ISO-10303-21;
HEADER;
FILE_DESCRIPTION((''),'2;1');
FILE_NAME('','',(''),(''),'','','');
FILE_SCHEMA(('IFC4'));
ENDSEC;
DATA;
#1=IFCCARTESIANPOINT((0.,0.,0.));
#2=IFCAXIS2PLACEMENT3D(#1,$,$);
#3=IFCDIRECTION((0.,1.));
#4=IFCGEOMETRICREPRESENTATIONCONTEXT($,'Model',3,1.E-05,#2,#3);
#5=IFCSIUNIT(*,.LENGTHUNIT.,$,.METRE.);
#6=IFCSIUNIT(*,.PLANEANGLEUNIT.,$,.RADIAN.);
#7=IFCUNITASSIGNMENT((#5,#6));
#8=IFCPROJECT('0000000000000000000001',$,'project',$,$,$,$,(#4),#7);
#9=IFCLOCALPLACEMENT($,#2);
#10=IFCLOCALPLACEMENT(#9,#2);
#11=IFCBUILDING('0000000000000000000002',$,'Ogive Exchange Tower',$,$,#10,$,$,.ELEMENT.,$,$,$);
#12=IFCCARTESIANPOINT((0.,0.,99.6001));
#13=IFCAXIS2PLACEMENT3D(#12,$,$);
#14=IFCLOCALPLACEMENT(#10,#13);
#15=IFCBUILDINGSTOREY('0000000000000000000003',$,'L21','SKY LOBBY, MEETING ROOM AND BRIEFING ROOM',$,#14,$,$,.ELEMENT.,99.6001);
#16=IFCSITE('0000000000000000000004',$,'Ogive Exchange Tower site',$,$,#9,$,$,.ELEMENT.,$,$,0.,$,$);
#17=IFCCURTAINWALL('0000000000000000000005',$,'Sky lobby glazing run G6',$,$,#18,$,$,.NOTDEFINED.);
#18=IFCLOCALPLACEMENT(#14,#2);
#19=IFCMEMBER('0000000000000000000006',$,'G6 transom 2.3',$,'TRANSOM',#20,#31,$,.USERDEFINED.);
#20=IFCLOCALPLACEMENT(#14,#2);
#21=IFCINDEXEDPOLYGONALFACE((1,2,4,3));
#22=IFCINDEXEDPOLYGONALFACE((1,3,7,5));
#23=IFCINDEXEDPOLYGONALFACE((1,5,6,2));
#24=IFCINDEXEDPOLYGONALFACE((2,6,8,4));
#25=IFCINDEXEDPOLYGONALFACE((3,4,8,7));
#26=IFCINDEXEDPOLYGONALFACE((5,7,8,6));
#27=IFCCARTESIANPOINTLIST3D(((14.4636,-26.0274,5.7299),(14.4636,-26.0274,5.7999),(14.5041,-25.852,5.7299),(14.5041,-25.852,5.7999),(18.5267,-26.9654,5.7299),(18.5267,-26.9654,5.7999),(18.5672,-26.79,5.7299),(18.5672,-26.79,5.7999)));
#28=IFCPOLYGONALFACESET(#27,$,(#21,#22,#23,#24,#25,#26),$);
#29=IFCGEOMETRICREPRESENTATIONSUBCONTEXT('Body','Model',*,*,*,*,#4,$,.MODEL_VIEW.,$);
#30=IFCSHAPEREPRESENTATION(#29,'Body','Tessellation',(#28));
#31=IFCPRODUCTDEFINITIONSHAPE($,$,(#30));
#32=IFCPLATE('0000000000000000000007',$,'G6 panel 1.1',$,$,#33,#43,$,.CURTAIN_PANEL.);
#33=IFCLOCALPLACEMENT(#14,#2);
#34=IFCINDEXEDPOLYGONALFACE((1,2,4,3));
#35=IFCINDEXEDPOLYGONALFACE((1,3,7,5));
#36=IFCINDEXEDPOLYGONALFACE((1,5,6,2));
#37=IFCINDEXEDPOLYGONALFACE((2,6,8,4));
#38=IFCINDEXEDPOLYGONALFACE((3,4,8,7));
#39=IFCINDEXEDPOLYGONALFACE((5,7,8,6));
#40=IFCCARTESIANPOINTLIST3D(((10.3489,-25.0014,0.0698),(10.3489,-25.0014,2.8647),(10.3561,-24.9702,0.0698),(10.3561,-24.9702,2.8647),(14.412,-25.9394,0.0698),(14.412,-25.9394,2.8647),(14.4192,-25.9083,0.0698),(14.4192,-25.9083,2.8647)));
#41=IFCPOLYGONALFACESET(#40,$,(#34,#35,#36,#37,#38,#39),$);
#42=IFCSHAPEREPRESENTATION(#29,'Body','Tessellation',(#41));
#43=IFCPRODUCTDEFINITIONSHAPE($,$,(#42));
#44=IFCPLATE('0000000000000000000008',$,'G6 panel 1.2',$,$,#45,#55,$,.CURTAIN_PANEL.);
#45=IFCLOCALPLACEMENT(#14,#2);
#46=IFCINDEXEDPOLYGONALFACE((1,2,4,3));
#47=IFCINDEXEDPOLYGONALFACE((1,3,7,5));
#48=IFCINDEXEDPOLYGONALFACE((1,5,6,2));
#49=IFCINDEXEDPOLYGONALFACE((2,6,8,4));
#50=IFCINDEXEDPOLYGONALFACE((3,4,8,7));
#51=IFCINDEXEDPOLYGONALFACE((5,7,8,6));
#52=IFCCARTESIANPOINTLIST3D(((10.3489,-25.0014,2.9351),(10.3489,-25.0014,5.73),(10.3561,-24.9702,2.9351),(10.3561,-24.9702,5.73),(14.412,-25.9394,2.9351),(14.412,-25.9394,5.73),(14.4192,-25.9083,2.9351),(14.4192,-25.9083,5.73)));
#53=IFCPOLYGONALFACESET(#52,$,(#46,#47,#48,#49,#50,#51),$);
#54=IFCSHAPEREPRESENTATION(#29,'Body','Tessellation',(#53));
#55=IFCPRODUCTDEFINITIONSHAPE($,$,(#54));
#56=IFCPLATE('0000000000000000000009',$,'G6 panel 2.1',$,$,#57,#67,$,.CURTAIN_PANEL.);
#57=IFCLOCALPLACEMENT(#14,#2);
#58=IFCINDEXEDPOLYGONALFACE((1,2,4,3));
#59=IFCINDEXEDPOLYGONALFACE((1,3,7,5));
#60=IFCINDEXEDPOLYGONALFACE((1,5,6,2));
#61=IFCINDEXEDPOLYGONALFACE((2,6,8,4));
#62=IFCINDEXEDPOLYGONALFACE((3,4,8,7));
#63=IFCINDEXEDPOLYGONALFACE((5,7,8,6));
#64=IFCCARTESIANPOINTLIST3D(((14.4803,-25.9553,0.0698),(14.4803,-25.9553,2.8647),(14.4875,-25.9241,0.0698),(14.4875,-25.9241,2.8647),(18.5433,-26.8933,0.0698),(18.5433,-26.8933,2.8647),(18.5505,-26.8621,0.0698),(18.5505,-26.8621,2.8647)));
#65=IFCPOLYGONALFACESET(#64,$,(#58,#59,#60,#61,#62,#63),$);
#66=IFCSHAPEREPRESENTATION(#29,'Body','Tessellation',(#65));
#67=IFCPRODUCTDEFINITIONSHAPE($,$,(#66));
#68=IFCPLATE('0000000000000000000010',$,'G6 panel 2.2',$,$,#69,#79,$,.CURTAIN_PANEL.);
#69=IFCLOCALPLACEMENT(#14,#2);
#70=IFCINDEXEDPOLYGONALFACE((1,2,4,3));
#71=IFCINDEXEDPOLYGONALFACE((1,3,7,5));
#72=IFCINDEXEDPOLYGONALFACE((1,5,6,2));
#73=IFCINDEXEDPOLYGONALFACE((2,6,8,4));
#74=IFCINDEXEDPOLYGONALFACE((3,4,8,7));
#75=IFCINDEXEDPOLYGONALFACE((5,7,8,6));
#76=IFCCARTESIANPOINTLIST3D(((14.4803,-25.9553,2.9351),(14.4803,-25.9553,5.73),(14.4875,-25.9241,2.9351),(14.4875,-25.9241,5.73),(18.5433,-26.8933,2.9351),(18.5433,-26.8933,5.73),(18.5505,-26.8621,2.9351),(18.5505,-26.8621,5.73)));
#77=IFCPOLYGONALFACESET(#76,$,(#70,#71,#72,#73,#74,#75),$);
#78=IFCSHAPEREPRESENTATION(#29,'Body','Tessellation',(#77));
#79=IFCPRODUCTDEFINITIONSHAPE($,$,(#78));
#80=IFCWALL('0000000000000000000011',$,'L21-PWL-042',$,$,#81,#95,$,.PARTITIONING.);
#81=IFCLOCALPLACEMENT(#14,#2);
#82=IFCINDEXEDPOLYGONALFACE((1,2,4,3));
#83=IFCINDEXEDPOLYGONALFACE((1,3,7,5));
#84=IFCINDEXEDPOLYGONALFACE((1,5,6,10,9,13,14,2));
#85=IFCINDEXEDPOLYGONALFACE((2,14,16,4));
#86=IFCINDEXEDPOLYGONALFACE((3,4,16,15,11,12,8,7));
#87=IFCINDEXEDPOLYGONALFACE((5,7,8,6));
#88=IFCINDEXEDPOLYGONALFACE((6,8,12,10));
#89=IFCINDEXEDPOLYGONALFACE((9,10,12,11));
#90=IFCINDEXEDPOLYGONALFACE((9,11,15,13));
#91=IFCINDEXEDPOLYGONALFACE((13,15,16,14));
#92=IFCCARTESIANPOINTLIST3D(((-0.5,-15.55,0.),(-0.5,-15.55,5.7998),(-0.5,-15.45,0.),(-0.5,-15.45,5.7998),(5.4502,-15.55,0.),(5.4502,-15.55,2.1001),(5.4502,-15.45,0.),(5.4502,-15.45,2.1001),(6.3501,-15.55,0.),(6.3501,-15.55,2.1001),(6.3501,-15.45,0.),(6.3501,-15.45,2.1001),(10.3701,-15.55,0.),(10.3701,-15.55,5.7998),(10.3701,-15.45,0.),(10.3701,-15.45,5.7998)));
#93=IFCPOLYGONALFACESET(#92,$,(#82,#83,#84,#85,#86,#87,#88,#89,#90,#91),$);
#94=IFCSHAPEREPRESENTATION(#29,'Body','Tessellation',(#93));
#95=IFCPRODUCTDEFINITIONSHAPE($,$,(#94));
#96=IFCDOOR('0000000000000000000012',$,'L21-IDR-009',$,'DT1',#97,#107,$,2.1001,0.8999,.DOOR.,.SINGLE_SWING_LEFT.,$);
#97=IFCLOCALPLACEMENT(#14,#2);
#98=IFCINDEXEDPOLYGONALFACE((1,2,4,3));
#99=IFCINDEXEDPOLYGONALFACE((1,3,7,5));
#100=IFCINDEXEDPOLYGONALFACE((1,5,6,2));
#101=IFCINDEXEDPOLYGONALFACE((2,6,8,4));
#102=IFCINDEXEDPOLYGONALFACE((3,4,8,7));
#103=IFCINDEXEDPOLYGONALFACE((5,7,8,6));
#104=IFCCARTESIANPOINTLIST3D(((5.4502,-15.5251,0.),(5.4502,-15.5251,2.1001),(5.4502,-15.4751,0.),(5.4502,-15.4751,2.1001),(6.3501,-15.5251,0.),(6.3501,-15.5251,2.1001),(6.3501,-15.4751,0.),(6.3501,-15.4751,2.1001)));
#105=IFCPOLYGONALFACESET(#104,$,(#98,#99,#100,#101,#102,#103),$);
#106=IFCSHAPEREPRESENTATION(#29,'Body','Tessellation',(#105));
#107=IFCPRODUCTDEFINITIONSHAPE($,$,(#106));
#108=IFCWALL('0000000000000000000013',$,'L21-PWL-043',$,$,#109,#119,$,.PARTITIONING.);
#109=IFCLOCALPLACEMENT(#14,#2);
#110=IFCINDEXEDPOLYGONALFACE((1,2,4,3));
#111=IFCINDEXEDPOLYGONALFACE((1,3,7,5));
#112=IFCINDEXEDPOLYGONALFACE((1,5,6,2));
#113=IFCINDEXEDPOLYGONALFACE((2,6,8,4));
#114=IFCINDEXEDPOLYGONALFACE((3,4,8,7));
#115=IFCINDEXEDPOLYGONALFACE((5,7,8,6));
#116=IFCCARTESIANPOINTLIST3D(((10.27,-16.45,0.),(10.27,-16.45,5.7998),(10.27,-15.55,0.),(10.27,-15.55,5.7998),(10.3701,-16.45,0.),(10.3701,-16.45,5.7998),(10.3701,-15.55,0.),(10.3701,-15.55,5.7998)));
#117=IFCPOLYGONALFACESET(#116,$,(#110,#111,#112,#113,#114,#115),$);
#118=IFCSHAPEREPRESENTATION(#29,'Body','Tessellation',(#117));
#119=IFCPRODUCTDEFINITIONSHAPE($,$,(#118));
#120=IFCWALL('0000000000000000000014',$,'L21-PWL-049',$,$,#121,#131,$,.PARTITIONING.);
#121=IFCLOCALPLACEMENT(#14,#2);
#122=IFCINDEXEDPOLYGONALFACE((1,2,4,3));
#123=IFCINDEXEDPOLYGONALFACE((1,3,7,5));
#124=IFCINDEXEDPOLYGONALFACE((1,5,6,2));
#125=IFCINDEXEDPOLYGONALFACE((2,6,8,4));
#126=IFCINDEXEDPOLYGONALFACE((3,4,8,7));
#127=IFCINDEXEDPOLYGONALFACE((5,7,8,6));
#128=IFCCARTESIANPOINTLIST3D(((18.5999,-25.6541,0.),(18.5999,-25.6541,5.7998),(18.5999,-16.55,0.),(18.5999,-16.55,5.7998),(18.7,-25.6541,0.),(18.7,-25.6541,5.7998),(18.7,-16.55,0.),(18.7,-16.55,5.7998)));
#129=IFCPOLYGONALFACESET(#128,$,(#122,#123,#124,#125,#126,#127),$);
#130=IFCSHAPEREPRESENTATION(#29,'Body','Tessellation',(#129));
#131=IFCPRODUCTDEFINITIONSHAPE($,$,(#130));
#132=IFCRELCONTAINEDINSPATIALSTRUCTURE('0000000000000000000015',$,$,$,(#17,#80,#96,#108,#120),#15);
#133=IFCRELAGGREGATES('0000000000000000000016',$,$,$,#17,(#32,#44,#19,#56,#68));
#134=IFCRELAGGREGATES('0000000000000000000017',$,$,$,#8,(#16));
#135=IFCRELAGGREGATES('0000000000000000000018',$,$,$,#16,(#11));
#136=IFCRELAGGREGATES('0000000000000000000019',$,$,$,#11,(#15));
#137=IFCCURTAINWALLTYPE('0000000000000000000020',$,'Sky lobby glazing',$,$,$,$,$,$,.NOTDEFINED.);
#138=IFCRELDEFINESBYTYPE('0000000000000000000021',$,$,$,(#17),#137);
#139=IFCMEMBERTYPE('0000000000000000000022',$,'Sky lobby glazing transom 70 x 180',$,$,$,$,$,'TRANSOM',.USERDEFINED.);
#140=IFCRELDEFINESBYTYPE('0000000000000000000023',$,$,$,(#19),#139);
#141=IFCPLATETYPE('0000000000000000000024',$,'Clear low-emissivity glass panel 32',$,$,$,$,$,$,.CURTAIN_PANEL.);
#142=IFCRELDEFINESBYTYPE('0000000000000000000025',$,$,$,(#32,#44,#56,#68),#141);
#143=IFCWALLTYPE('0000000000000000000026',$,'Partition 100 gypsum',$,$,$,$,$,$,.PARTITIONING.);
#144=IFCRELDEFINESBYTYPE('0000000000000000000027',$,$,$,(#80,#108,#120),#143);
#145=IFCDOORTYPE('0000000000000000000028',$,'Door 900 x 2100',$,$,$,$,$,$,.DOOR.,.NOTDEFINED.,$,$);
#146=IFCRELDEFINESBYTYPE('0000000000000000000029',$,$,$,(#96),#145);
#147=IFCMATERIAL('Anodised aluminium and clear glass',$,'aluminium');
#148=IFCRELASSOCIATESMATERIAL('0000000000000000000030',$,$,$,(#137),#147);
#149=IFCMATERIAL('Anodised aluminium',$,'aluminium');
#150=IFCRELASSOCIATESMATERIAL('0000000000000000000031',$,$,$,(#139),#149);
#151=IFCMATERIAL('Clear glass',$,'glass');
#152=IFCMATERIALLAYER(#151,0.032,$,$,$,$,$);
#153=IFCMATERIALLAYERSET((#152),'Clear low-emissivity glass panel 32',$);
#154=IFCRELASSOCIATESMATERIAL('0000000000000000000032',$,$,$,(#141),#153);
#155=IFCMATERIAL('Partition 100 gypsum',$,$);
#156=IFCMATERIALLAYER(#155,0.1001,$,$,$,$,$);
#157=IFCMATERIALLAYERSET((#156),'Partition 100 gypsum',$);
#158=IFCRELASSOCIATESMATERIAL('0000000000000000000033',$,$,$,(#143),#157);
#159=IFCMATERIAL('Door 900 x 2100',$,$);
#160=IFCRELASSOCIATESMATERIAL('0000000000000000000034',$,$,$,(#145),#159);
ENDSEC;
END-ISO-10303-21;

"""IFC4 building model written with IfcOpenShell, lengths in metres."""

from ifc_helpers import new_model, si_unit, direction, frame, frame_2d, origin, origin_2d, place, context, subcontext, project, spatial, rectangle, extrude, material, layer, layer_set, material_profile, profile_set, type_object, element, fill, aggregate, save


model = new_model("IFC4")

# Units and contexts
model_context = context("Model", 3, precision=1e-05, world=origin(), true_north=direction((0.0, 1.0)))
body_context = subcontext(model_context, "Body", "Model", "MODEL_VIEW")
ifc_project = project(units=[si_unit("LENGTHUNIT", "METRE"), si_unit("PLANEANGLEUNIT", "RADIAN")], contexts=[model_context])

# Site, building, storey
site_placement = place(None, origin())
site = spatial("IfcSite", under=ifc_project, at=site_placement, Name="Ogive Exchange Tower site", CompositionType="ELEMENT", RefElevation=0.0)
building_placement = place(site_placement, origin())
building = spatial("IfcBuilding", under=site, at=building_placement, Name="Ogive Exchange Tower", CompositionType="ELEMENT")
storey_placement = place(building_placement, frame((0.0, 0.0, 99.6001)))
storey = spatial("IfcBuildingStorey", under=building, at=storey_placement, Name="L21", Description="SKY LOBBY, MEETING ROOM AND BRIEFING ROOM", CompositionType="ELEMENT", Elevation=99.6001)

# Curtain wall, member, plates
ifc_material_1 = material(Name="Anodised aluminium and clear glass", Category="aluminium")
curtain_wall_type = type_object("IfcCurtainWallType", Name="Sky lobby glazing", PredefinedType="NOTDEFINED", material=ifc_material_1)
curtain_wall_placement = place(storey_placement, origin())
curtain_wall = element("IfcCurtainWall", 1, at=curtain_wall_placement, inside=storey, type_object=curtain_wall_type, Name="Sky lobby glazing run G6", PredefinedType="NOTDEFINED")
ifc_material_2 = material(Name="Anodised aluminium", Category="aluminium")
ifc_material_profile_1 = material_profile(ifc_material_2, rectangle(XDim=0.1799, YDim=0.0701, at=origin_2d()), Name="AL 70x180")
ifc_profile_set_1 = profile_set([ifc_material_profile_1], Name="Anodised aluminium")
member_type_1 = type_object("IfcMemberType", Name="Sky lobby glazing transom 70 x 180", ElementType="TRANSOM", PredefinedType="USERDEFINED", material=ifc_profile_set_1)
member_1_placement = place(storey_placement, frame((14.4839, -25.9397, 5.7649), z_axis=(0.974371, -0.224945, 0.0), x_axis=(0.224945, 0.974371, 0.0)))
member_1 = element("IfcMember", 2, at=member_1_placement, type_object=member_type_1, Name="G6 transom 2.3", ObjectType="TRANSOM", PredefinedType="USERDEFINED", context=body_context, shape_type="SweptSolid", body=[
    extrude(rectangle(XDim=0.1799, YDim=0.0701, at=origin_2d()), origin(), (0.0, 0.0, 1.0), 4.1699),
])
ifc_material_3 = material(Name="Clear glass", Category="glass")
ifc_layer_1 = layer(ifc_material_3, 0.032)
ifc_layer_set_1 = layer_set([ifc_layer_1], Name="Clear low-emissivity glass panel 32")
plate_type = type_object("IfcPlateType", Name="Clear low-emissivity glass panel 32", PredefinedType="CURTAIN_PANEL", material=ifc_layer_set_1)
plate_1_placement = place(storey_placement, frame((12.384, -25.4548, 0.0698), z_axis=(0.0, 0.0, 1.0), x_axis=(0.97437, -0.224949, 0.0)))
plate_1 = element("IfcPlate", 3, at=plate_1_placement, type_object=plate_type, Name="G6 panel 1.1", PredefinedType="CURTAIN_PANEL", context=body_context, shape_type="SweptSolid", body=[
    extrude(rectangle(XDim=4.1699, YDim=0.032, at=origin_2d()), origin(), (0.0, 0.0, 1.0), 2.7949),
])
plate_2_placement = place(storey_placement, frame((12.384, -25.4548, 2.9351), z_axis=(0.0, 0.0, 1.0), x_axis=(0.97437, -0.224949, 0.0)))
plate_2 = element("IfcPlate", 4, at=plate_2_placement, type_object=plate_type, Name="G6 panel 1.2", PredefinedType="CURTAIN_PANEL", context=body_context, shape_type="SweptSolid", body=[
    extrude(rectangle(XDim=4.1699, YDim=0.032, at=origin_2d()), origin(), (0.0, 0.0, 1.0), 2.7949),
])
plate_3_placement = place(storey_placement, frame((16.5154, -26.4087, 0.0698), z_axis=(0.0, 0.0, 1.0), x_axis=(0.97437, -0.224949, 0.0)))
plate_3 = element("IfcPlate", 5, at=plate_3_placement, type_object=plate_type, Name="G6 panel 2.1", PredefinedType="CURTAIN_PANEL", context=body_context, shape_type="SweptSolid", body=[
    extrude(rectangle(XDim=4.1699, YDim=0.032, at=origin_2d()), origin(), (0.0, 0.0, 1.0), 2.7949),
])
plate_4_placement = place(storey_placement, frame((16.5154, -26.4087, 2.9351), z_axis=(0.0, 0.0, 1.0), x_axis=(0.97437, -0.224949, 0.0)))
plate_4 = element("IfcPlate", 6, at=plate_4_placement, type_object=plate_type, Name="G6 panel 2.2", PredefinedType="CURTAIN_PANEL", context=body_context, shape_type="SweptSolid", body=[
    extrude(rectangle(XDim=4.1699, YDim=0.032, at=origin_2d()), origin(), (0.0, 0.0, 1.0), 2.7949),
])
aggregate(curtain_wall, [plate_1, plate_2, member_1, plate_3, plate_4])

# Wall, opening, door
ifc_material_4 = material(Name="Partition 100 gypsum")
ifc_layer_2 = layer(ifc_material_4, 0.1001)
ifc_layer_set_2 = layer_set([ifc_layer_2], Name="Partition 100 gypsum")
wall_type = type_object("IfcWallType", Name="Partition 100 gypsum", PredefinedType="PARTITIONING", material=ifc_layer_set_2)
wall_1_placement = place(storey_placement, frame((10.3701, -15.5, 0.0), z_axis=(0.0, 0.0, 1.0), x_axis=(-1.0, 0.0, 0.0)))
wall_1 = element("IfcWall", 7, at=wall_1_placement, inside=storey, type_object=wall_type, Name="L21-PWL-042", PredefinedType="PARTITIONING", context=body_context, shape_type="SweptSolid", body=[
    extrude(rectangle(XDim=10.8701, YDim=0.1001, at=frame_2d((5.4351, 0.0))), origin(), (0.0, 0.0, 1.0), 5.7998),
])
opening_placement = place(wall_1_placement, frame((4.02, 0.0, 0.0)))
opening = element("IfcOpeningElement", 8, at=opening_placement, cuts=wall_1, PredefinedType="OPENING", context=body_context, shape_type="SweptSolid", body=[
    extrude(rectangle(XDim=0.8999, YDim=2.1001, at=frame_2d((0.45, 1.05))), frame((0.0, 0.0601, 0.0), z_axis=(0.0, -1.0, 0.0), x_axis=(1.0, 0.0, 0.0)), (0.0, 0.0, 1.0), 0.1201),
])
ifc_material_5 = material(Name="Door 900 x 2100")
door_type = type_object("IfcDoorType", Name="Door 900 x 2100", OperationType="NOTDEFINED", PredefinedType="DOOR", material=ifc_material_5)
door_placement = place(opening_placement, frame((0.8999, 0.0, 0.0), z_axis=(0.0, 0.0, 1.0), x_axis=(-1.0, 0.0, 0.0)))
door = element("IfcDoor", 9, at=door_placement, inside=storey, type_object=door_type, Name="L21-IDR-009", ObjectType="DT1", OperationType="SINGLE_SWING_LEFT", OverallHeight=2.1001, OverallWidth=0.8999, PredefinedType="DOOR", context=body_context, shape_type="SweptSolid", body=[
    extrude(rectangle(XDim=0.8999, YDim=2.1001, at=frame_2d((0.45, 1.05))), frame((0.0, 0.0249, 0.0), z_axis=(0.0, -1.0, 0.0), x_axis=(1.0, 0.0, 0.0)), (0.0, 0.0, 1.0), 0.05),
])
fill(opening, door)

# Walls
wall_2_placement = place(storey_placement, frame((10.3201, -15.55, 0.0), z_axis=(0.0, 0.0, 1.0), x_axis=(0.0, -1.0, 0.0)))
element("IfcWall", 10, at=wall_2_placement, inside=storey, type_object=wall_type, Name="L21-PWL-043", PredefinedType="PARTITIONING", context=body_context, shape_type="SweptSolid", body=[
    extrude(rectangle(XDim=0.8999, YDim=0.1001, at=frame_2d((0.45, 0.0))), origin(), (0.0, 0.0, 1.0), 5.7998),
])
wall_3_placement = place(storey_placement, frame((18.6499, -16.55, 0.0), z_axis=(0.0, 0.0, 1.0), x_axis=(0.0, -1.0, 0.0)))
element("IfcWall", 11, at=wall_3_placement, inside=storey, type_object=wall_type, Name="L21-PWL-049", PredefinedType="PARTITIONING", context=body_context, shape_type="SweptSolid", body=[
    extrude(rectangle(XDim=9.104, YDim=0.1001, at=frame_2d((4.552, 0.0))), origin(), (0.0, 0.0, 1.0), 5.7998),
])

save(model, "model.ifc")
